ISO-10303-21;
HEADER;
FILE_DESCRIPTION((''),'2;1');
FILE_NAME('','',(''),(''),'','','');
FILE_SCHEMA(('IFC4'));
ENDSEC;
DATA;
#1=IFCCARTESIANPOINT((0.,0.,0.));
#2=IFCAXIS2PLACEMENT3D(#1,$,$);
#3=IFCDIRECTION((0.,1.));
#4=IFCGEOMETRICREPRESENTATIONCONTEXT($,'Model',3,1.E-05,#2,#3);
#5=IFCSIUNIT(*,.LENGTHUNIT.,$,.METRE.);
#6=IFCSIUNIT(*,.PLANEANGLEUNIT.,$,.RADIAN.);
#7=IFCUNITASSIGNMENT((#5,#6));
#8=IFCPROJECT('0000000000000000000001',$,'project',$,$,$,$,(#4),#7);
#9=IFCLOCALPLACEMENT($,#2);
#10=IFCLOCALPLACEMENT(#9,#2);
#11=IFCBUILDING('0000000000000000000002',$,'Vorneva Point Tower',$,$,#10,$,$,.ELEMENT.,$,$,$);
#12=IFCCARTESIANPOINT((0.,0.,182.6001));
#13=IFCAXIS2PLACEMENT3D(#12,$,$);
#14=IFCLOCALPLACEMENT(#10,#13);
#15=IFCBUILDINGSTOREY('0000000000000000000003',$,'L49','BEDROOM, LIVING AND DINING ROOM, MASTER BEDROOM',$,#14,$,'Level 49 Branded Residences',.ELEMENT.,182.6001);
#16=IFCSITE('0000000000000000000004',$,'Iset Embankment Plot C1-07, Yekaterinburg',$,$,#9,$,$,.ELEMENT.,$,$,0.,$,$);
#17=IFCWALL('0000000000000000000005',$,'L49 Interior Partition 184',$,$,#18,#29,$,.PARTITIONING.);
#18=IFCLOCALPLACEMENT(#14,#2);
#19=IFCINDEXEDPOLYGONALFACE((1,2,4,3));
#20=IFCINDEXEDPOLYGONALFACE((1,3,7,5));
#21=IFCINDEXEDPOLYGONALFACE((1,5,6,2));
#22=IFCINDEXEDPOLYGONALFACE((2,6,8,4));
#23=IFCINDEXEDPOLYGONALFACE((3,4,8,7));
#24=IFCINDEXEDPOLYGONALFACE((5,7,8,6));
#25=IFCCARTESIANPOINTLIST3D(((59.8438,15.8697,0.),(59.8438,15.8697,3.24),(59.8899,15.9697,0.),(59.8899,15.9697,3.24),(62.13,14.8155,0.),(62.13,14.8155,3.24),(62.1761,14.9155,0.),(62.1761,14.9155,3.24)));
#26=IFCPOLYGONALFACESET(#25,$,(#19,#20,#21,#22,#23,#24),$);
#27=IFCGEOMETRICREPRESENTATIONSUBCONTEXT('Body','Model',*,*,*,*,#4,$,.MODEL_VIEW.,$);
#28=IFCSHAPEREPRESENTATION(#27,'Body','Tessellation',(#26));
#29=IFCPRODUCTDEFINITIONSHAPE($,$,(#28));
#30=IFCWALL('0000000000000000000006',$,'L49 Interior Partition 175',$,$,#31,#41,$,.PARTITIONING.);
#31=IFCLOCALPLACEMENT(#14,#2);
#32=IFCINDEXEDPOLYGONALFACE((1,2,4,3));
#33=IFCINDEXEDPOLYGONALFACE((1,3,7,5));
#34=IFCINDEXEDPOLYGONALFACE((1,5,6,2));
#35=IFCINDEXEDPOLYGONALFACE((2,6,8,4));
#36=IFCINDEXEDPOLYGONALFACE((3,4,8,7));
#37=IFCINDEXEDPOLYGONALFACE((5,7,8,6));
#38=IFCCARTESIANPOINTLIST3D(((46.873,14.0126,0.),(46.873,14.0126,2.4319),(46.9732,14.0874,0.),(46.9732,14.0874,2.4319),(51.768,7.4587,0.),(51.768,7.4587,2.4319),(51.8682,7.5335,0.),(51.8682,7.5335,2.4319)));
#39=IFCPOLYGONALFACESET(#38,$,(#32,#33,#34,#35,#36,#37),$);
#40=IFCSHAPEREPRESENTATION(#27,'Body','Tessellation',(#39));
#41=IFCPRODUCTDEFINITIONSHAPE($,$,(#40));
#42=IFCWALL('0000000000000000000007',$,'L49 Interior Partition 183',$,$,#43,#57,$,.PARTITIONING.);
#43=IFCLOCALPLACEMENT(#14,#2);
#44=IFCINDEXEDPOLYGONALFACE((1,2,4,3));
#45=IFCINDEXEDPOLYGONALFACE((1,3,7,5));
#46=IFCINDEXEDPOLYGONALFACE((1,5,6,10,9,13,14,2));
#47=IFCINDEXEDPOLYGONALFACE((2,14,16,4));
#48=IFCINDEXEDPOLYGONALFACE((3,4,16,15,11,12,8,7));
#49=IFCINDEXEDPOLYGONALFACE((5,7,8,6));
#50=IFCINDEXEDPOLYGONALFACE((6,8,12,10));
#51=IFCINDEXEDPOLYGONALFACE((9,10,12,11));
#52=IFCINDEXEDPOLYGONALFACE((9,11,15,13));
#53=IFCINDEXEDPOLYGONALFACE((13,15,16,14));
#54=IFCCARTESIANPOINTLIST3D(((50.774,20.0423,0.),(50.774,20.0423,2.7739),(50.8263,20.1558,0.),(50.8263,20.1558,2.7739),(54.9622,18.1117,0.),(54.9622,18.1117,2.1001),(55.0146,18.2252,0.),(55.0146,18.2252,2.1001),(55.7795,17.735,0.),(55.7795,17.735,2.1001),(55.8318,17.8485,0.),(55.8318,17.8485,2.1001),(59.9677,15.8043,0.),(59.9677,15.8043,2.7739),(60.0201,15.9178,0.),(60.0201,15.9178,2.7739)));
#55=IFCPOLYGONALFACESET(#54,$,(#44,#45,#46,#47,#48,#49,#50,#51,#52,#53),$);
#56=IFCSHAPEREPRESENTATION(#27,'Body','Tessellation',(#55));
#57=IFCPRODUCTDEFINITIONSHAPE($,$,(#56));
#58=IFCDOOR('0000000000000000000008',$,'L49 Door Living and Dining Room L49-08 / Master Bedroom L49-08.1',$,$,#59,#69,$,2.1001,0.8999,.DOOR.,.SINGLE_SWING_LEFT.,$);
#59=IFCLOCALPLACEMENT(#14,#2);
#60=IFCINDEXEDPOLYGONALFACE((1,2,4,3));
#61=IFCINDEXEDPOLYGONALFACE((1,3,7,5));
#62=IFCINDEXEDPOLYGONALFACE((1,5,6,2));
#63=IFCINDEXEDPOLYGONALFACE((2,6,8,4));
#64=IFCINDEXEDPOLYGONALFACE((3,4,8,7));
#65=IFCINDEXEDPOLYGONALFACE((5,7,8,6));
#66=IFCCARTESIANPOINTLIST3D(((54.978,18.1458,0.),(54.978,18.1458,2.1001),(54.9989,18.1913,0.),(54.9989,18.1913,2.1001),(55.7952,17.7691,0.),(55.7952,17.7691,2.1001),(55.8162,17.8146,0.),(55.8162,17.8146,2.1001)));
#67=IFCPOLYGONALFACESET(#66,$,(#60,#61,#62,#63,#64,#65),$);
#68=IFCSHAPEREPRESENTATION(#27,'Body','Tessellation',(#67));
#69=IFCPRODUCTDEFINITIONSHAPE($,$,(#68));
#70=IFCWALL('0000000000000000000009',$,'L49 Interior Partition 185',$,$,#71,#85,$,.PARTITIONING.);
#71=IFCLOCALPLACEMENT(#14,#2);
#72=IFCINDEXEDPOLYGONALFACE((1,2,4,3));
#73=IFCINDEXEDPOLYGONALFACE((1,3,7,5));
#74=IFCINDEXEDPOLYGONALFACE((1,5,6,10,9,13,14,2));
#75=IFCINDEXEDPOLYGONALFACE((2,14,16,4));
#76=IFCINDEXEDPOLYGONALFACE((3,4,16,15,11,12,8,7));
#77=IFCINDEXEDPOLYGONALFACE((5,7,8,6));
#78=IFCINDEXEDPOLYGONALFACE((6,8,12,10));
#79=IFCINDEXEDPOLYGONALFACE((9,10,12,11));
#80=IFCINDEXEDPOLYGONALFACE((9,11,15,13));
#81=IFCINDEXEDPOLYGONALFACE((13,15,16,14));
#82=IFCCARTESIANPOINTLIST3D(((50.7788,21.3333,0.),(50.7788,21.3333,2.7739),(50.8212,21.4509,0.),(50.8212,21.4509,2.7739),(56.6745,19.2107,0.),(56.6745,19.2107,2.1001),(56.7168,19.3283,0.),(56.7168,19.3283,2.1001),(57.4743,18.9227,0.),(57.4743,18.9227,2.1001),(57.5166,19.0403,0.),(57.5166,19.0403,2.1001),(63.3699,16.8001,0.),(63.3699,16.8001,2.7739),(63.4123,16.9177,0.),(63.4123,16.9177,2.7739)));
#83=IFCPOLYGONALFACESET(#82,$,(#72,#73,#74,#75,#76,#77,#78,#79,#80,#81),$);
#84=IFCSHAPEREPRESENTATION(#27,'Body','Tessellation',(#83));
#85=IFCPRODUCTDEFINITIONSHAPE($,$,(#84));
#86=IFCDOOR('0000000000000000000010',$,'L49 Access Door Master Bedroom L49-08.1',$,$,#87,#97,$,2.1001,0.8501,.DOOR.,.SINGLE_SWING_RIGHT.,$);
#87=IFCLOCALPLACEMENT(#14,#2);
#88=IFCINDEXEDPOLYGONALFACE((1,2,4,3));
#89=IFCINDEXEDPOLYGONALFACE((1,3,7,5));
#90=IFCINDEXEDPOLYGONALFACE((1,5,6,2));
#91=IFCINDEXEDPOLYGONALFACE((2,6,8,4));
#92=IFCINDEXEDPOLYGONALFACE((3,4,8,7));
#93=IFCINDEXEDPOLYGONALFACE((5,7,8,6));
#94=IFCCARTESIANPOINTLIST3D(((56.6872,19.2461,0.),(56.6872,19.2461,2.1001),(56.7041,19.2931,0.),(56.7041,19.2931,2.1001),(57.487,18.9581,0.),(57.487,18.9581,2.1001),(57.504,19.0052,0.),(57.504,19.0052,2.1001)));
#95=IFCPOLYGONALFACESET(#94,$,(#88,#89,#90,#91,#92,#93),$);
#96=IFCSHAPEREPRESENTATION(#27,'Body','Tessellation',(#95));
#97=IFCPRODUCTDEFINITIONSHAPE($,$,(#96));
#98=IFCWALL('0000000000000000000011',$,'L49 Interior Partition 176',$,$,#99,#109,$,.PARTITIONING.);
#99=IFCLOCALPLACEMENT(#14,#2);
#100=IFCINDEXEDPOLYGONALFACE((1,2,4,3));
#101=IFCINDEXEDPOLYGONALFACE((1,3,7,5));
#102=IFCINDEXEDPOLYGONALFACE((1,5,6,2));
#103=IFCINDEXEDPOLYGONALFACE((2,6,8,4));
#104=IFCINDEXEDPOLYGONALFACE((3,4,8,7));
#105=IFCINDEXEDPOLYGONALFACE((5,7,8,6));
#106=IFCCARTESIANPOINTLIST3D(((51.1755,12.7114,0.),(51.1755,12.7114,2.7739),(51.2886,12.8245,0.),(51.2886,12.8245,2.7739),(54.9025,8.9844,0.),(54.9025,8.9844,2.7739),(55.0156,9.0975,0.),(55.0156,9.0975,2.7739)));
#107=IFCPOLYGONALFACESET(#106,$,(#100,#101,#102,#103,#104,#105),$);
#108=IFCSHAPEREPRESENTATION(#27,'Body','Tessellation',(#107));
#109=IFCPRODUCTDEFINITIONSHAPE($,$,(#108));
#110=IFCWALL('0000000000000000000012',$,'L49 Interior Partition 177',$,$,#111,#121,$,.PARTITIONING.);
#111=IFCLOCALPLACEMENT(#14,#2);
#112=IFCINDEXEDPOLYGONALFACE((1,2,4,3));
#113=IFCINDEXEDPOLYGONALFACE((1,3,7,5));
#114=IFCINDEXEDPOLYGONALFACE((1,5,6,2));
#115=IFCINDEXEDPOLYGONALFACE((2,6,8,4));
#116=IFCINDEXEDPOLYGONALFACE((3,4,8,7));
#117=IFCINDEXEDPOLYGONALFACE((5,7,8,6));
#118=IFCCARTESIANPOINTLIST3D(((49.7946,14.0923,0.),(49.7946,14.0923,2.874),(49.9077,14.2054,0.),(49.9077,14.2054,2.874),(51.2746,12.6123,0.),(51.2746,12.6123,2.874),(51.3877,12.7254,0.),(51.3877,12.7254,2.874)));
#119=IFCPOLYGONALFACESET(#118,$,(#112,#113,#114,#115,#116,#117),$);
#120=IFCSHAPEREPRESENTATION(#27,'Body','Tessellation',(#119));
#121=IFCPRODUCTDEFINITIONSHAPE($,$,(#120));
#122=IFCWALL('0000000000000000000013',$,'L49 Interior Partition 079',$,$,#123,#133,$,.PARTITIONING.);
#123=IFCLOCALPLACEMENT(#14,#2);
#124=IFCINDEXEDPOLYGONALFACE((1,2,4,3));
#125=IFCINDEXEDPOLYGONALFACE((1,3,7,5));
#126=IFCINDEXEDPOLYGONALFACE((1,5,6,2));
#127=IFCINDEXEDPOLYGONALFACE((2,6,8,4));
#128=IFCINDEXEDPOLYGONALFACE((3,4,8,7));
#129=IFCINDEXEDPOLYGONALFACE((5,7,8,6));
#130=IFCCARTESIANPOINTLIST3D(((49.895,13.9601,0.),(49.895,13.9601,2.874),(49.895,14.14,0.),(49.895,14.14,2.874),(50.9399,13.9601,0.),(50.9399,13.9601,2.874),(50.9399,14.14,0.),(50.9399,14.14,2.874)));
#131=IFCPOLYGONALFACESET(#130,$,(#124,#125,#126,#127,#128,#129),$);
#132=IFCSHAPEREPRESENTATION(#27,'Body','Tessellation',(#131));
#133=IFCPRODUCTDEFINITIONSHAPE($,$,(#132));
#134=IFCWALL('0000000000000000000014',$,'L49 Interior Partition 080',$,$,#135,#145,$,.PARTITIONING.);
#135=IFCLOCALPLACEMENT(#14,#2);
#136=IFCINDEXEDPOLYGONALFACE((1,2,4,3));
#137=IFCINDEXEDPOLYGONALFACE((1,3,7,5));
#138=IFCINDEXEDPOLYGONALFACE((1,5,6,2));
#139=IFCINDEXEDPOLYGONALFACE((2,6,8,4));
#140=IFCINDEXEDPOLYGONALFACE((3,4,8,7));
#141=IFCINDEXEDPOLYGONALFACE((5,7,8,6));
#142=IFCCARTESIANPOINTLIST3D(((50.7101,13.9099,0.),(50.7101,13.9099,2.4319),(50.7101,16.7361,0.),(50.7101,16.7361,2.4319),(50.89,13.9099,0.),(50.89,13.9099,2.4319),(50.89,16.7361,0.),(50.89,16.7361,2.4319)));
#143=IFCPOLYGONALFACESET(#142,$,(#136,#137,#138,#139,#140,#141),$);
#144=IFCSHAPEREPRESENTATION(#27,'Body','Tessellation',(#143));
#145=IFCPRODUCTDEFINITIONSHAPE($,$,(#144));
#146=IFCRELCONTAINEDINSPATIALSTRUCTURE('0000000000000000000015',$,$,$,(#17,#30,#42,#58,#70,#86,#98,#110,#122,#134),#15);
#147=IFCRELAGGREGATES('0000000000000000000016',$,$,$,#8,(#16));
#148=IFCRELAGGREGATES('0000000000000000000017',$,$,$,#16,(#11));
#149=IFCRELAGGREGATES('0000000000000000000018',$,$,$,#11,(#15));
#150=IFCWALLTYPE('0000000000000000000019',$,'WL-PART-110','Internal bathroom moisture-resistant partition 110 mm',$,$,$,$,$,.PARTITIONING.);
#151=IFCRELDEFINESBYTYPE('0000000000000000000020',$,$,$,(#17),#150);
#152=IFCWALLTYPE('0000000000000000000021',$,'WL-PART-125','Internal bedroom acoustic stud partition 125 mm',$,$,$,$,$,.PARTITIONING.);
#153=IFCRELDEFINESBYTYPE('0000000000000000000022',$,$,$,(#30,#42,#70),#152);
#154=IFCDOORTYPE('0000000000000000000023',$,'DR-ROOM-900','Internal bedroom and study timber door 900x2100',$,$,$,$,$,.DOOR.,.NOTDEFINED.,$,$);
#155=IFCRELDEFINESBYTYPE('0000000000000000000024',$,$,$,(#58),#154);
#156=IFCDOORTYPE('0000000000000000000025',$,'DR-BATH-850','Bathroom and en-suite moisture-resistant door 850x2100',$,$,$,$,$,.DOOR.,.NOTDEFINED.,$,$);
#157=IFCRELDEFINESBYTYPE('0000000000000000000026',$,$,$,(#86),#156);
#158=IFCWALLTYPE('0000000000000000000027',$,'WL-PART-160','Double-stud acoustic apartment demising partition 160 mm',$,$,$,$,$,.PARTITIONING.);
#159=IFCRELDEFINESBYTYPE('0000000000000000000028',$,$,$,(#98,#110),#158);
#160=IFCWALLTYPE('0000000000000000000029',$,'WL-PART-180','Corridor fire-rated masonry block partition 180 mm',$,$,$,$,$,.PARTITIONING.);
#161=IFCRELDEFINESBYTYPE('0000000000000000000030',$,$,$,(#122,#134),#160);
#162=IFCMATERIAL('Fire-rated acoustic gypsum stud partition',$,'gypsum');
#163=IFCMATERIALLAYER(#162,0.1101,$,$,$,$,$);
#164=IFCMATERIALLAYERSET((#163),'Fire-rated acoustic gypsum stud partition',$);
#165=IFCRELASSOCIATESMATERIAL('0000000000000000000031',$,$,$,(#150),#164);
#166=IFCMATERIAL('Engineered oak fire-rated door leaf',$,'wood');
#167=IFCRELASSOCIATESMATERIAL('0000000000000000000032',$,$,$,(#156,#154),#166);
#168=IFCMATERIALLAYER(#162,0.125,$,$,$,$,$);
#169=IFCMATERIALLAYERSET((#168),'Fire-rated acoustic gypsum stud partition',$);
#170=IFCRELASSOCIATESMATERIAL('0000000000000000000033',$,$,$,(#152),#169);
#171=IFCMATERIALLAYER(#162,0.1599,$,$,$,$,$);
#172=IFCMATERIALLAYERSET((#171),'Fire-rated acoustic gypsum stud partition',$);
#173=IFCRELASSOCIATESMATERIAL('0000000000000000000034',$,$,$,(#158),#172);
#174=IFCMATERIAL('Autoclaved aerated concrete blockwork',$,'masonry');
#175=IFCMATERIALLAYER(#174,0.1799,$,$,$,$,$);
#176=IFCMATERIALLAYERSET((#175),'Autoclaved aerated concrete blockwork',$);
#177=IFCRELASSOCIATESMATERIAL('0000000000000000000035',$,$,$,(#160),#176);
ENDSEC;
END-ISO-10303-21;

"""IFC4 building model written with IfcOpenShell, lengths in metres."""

from ifc_helpers import new_model, si_unit, direction, frame, frame_2d, origin, place, context, subcontext, project, spatial, rectangle, extrude, material, layer, layer_set, type_object, element, fill, save


model = new_model("IFC4")

# Units and contexts
model_context = context("Model", 3, precision=1e-05, world=origin(), true_north=direction((0.0, 1.0)))
body_context = subcontext(model_context, "Body", "Model", "MODEL_VIEW")
ifc_project = project(units=[si_unit("LENGTHUNIT", "METRE"), si_unit("PLANEANGLEUNIT", "RADIAN")], contexts=[model_context])

# Site, building, storey
site_placement = place(None, origin())
site = spatial("IfcSite", under=ifc_project, at=site_placement, Name="Iset Embankment Plot C1-07, Yekaterinburg", CompositionType="ELEMENT", RefElevation=0.0)
building_placement = place(site_placement, origin())
building = spatial("IfcBuilding", under=site, at=building_placement, Name="Vorneva Point Tower", CompositionType="ELEMENT")
storey_placement = place(building_placement, frame((0.0, 0.0, 182.6001)))
storey = spatial("IfcBuildingStorey", under=building, at=storey_placement, Name="L49", Description="BEDROOM, LIVING AND DINING ROOM, MASTER BEDROOM", LongName="Level 49 Branded Residences", CompositionType="ELEMENT", Elevation=182.6001)

# Shared definitions
ifc_material_1 = material(Name="Fire-rated acoustic gypsum stud partition", Category="gypsum")
ifc_layer_1 = layer(ifc_material_1, 0.1101)
ifc_layer_set_1 = layer_set([ifc_layer_1], Name="Fire-rated acoustic gypsum stud partition")
wall_type_1 = type_object("IfcWallType", Name="WL-PART-110", Description="Internal bathroom moisture-resistant partition 110 mm", PredefinedType="PARTITIONING", material=ifc_layer_set_1)
ifc_material_2 = material(Name="Engineered oak fire-rated door leaf", Category="wood")
door_type_1 = type_object("IfcDoorType", Name="DR-BATH-850", Description="Bathroom and en-suite moisture-resistant door 850x2100", OperationType="NOTDEFINED", PredefinedType="DOOR", material=ifc_material_2)

# Shared definitions
door_type_2 = type_object("IfcDoorType", Name="DR-ROOM-900", Description="Internal bedroom and study timber door 900x2100", OperationType="NOTDEFINED", PredefinedType="DOOR", material=ifc_material_2)

# Walls
wall_1_placement = place(storey_placement, frame((62.1531, 14.8655, 0.0), z_axis=(0.0, 0.0, 1.0), x_axis=(-0.908101, 0.418751, 0.0)))
element("IfcWall", 1, at=wall_1_placement, inside=storey, type_object=wall_type_1, Name="L49 Interior Partition 184", PredefinedType="PARTITIONING", context=body_context, shape_type="SweptSolid", body=[
    extrude(rectangle(XDim=2.5176, YDim=0.1101, at=frame_2d((1.2588, 0.0))), origin(), (0.0, 0.0, 1.0), 3.24),
])
ifc_layer_2 = layer(ifc_material_1, 0.125)
ifc_layer_set_2 = layer_set([ifc_layer_2], Name="Fire-rated acoustic gypsum stud partition")
wall_type_2 = type_object("IfcWallType", Name="WL-PART-125", Description="Internal bedroom acoustic stud partition 125 mm", PredefinedType="PARTITIONING", material=ifc_layer_set_2)
wall_2_placement = place(storey_placement, frame((51.8181, 7.4961, 0.0), z_axis=(0.0, 0.0, 1.0), x_axis=(-0.598399, 0.801198, 0.0)))
element("IfcWall", 2, at=wall_2_placement, inside=storey, type_object=wall_type_2, Name="L49 Interior Partition 175", PredefinedType="PARTITIONING", context=body_context, shape_type="SweptSolid", body=[
    extrude(rectangle(XDim=8.1802, YDim=0.125, at=frame_2d((4.0901, 0.0))), origin(), (0.0, 0.0, 1.0), 2.4319),
])

# Walls, openings, doors
wall_3_placement = place(storey_placement, frame((59.9939, 15.8611, 0.0), z_axis=(0.0, 0.0, 1.0), x_axis=(-0.908158, 0.418628, 0.0)))
wall_3 = element("IfcWall", 3, at=wall_3_placement, inside=storey, type_object=wall_type_2, Name="L49 Interior Partition 183", PredefinedType="PARTITIONING", context=body_context, shape_type="SweptSolid", body=[
    extrude(rectangle(XDim=10.1235, YDim=0.125, at=frame_2d((5.0618, 0.0))), origin(), (0.0, 0.0, 1.0), 2.7739),
])
opening_1_placement = place(wall_3_placement, frame((4.6118, 0.0, 0.0)))
opening_1 = element("IfcOpeningElement", 4, at=opening_1_placement, cuts=wall_3, PredefinedType="OPENING", context=body_context, shape_type="SweptSolid", body=[
    extrude(rectangle(XDim=0.8999, YDim=2.1001, at=frame_2d((0.45, 1.05))), frame((0.0, 0.0774, 0.0), z_axis=(0.0, -1.0, 0.0), x_axis=(1.0, 0.0, 0.0)), (0.0, 0.0, 1.0), 0.1548),
])
door_1_placement = place(opening_1_placement, origin())
door_1 = element("IfcDoor", 5, at=door_1_placement, inside=storey, type_object=door_type_2, Name="L49 Door Living and Dining Room L49-08 / Master Bedroom L49-08.1", OperationType="SINGLE_SWING_LEFT", OverallHeight=2.1001, OverallWidth=0.8999, PredefinedType="DOOR", context=body_context, shape_type="SweptSolid", body=[
    extrude(rectangle(XDim=0.8999, YDim=2.1001, at=frame_2d((0.45, 1.05))), frame((0.0, 0.0249, 0.0), z_axis=(0.0, -1.0, 0.0), x_axis=(1.0, 0.0, 0.0)), (0.0, 0.0, 1.0), 0.05),
])
fill(opening_1, door_1)
wall_4_placement = place(storey_placement, frame((63.3911, 16.8589, 0.0), z_axis=(0.0, 0.0, 1.0), x_axis=(-0.940877, 0.338747, 0.0)))
wall_4 = element("IfcWall", 6, at=wall_4_placement, inside=storey, type_object=wall_type_2, Name="L49 Interior Partition 185", PredefinedType="PARTITIONING", context=body_context, shape_type="SweptSolid", body=[
    extrude(rectangle(XDim=13.3823, YDim=0.125, at=frame_2d((6.6912, 0.0))), origin(), (0.0, 0.0, 1.0), 2.7739),
])
opening_2_placement = place(wall_4_placement, frame((6.2661, 0.0, 0.0)))
opening_2 = element("IfcOpeningElement", 7, at=opening_2_placement, cuts=wall_4, PredefinedType="OPENING", context=body_context, shape_type="SweptSolid", body=[
    extrude(rectangle(XDim=0.8501, YDim=2.1001, at=frame_2d((0.425, 1.05))), frame((0.0, 0.0774, 0.0), z_axis=(0.0, -1.0, 0.0), x_axis=(1.0, 0.0, 0.0)), (0.0, 0.0, 1.0), 0.1548),
])
door_2_placement = place(opening_2_placement, origin())
door_2 = element("IfcDoor", 8, at=door_2_placement, inside=storey, type_object=door_type_1, Name="L49 Access Door Master Bedroom L49-08.1", OperationType="SINGLE_SWING_RIGHT", OverallHeight=2.1001, OverallWidth=0.8501, PredefinedType="DOOR", context=body_context, shape_type="SweptSolid", body=[
    extrude(rectangle(XDim=0.8501, YDim=2.1001, at=frame_2d((0.425, 1.05))), frame((0.0, 0.0249, 0.0), z_axis=(0.0, -1.0, 0.0), x_axis=(1.0, 0.0, 0.0)), (0.0, 0.0, 1.0), 0.05),
])
fill(opening_2, door_2)

# Walls
ifc_layer_3 = layer(ifc_material_1, 0.1599)
ifc_layer_set_3 = layer_set([ifc_layer_3], Name="Fire-rated acoustic gypsum stud partition")
wall_type_3 = type_object("IfcWallType", Name="WL-PART-160", Description="Double-stud acoustic apartment demising partition 160 mm", PredefinedType="PARTITIONING", material=ifc_layer_set_3)
wall_5_placement = place(storey_placement, frame((54.959, 9.041, 0.0), z_axis=(0.0, 0.0, 1.0), x_axis=(-0.707107, 0.707107, 0.0)))
element("IfcWall", 9, at=wall_5_placement, inside=storey, type_object=wall_type_3, Name="L49 Interior Partition 176", PredefinedType="PARTITIONING", context=body_context, shape_type="SweptSolid", body=[
    extrude(rectangle(XDim=5.2708, YDim=0.1599, at=frame_2d((2.6353, 0.0))), origin(), (0.0, 0.0, 1.0), 2.7739),
])
wall_6_placement = place(storey_placement, frame((51.3311, 12.6689, 0.0), z_axis=(0.0, 0.0, 1.0), x_axis=(-0.707107, 0.707107, 0.0)))
element("IfcWall", 10, at=wall_6_placement, inside=storey, type_object=wall_type_3, Name="L49 Interior Partition 177", PredefinedType="PARTITIONING", context=body_context, shape_type="SweptSolid", body=[
    extrude(rectangle(XDim=2.093, YDim=0.1599, at=frame_2d((1.0464, 0.0))), origin(), (0.0, 0.0, 1.0), 2.874),
])

# Shared definitions
ifc_material_3 = material(Name="Autoclaved aerated concrete blockwork", Category="masonry")
ifc_layer_4 = layer(ifc_material_3, 0.1799)
ifc_layer_set_4 = layer_set([ifc_layer_4], Name="Autoclaved aerated concrete blockwork")
wall_type_4 = type_object("IfcWallType", Name="WL-PART-180", Description="Corridor fire-rated masonry block partition 180 mm", PredefinedType="PARTITIONING", material=ifc_layer_set_4)

# Walls
wall_7_placement = place(storey_placement, frame((49.895, 14.05, 0.0), z_axis=(0.0, 0.0, 1.0), x_axis=(1.0, 0.0, 0.0)))
element("IfcWall", 11, at=wall_7_placement, inside=storey, type_object=wall_type_4, Name="L49 Interior Partition 079", PredefinedType="PARTITIONING", context=body_context, shape_type="SweptSolid", body=[
    extrude(rectangle(XDim=1.0449, YDim=0.1799, at=frame_2d((0.5225, 0.0))), origin(), (0.0, 0.0, 1.0), 2.874),
])
wall_8_placement = place(storey_placement, frame((50.8, 13.9099, 0.0), z_axis=(0.0, 0.0, 1.0), x_axis=(0.0, 1.0, 0.0)))
element("IfcWall", 12, at=wall_8_placement, inside=storey, type_object=wall_type_4, Name="L49 Interior Partition 080", PredefinedType="PARTITIONING", context=body_context, shape_type="SweptSolid", body=[
    extrude(rectangle(XDim=2.8262, YDim=0.1799, at=frame_2d((1.4131, 0.0))), origin(), (0.0, 0.0, 1.0), 2.4319),
])

save(model, "model.ifc")
